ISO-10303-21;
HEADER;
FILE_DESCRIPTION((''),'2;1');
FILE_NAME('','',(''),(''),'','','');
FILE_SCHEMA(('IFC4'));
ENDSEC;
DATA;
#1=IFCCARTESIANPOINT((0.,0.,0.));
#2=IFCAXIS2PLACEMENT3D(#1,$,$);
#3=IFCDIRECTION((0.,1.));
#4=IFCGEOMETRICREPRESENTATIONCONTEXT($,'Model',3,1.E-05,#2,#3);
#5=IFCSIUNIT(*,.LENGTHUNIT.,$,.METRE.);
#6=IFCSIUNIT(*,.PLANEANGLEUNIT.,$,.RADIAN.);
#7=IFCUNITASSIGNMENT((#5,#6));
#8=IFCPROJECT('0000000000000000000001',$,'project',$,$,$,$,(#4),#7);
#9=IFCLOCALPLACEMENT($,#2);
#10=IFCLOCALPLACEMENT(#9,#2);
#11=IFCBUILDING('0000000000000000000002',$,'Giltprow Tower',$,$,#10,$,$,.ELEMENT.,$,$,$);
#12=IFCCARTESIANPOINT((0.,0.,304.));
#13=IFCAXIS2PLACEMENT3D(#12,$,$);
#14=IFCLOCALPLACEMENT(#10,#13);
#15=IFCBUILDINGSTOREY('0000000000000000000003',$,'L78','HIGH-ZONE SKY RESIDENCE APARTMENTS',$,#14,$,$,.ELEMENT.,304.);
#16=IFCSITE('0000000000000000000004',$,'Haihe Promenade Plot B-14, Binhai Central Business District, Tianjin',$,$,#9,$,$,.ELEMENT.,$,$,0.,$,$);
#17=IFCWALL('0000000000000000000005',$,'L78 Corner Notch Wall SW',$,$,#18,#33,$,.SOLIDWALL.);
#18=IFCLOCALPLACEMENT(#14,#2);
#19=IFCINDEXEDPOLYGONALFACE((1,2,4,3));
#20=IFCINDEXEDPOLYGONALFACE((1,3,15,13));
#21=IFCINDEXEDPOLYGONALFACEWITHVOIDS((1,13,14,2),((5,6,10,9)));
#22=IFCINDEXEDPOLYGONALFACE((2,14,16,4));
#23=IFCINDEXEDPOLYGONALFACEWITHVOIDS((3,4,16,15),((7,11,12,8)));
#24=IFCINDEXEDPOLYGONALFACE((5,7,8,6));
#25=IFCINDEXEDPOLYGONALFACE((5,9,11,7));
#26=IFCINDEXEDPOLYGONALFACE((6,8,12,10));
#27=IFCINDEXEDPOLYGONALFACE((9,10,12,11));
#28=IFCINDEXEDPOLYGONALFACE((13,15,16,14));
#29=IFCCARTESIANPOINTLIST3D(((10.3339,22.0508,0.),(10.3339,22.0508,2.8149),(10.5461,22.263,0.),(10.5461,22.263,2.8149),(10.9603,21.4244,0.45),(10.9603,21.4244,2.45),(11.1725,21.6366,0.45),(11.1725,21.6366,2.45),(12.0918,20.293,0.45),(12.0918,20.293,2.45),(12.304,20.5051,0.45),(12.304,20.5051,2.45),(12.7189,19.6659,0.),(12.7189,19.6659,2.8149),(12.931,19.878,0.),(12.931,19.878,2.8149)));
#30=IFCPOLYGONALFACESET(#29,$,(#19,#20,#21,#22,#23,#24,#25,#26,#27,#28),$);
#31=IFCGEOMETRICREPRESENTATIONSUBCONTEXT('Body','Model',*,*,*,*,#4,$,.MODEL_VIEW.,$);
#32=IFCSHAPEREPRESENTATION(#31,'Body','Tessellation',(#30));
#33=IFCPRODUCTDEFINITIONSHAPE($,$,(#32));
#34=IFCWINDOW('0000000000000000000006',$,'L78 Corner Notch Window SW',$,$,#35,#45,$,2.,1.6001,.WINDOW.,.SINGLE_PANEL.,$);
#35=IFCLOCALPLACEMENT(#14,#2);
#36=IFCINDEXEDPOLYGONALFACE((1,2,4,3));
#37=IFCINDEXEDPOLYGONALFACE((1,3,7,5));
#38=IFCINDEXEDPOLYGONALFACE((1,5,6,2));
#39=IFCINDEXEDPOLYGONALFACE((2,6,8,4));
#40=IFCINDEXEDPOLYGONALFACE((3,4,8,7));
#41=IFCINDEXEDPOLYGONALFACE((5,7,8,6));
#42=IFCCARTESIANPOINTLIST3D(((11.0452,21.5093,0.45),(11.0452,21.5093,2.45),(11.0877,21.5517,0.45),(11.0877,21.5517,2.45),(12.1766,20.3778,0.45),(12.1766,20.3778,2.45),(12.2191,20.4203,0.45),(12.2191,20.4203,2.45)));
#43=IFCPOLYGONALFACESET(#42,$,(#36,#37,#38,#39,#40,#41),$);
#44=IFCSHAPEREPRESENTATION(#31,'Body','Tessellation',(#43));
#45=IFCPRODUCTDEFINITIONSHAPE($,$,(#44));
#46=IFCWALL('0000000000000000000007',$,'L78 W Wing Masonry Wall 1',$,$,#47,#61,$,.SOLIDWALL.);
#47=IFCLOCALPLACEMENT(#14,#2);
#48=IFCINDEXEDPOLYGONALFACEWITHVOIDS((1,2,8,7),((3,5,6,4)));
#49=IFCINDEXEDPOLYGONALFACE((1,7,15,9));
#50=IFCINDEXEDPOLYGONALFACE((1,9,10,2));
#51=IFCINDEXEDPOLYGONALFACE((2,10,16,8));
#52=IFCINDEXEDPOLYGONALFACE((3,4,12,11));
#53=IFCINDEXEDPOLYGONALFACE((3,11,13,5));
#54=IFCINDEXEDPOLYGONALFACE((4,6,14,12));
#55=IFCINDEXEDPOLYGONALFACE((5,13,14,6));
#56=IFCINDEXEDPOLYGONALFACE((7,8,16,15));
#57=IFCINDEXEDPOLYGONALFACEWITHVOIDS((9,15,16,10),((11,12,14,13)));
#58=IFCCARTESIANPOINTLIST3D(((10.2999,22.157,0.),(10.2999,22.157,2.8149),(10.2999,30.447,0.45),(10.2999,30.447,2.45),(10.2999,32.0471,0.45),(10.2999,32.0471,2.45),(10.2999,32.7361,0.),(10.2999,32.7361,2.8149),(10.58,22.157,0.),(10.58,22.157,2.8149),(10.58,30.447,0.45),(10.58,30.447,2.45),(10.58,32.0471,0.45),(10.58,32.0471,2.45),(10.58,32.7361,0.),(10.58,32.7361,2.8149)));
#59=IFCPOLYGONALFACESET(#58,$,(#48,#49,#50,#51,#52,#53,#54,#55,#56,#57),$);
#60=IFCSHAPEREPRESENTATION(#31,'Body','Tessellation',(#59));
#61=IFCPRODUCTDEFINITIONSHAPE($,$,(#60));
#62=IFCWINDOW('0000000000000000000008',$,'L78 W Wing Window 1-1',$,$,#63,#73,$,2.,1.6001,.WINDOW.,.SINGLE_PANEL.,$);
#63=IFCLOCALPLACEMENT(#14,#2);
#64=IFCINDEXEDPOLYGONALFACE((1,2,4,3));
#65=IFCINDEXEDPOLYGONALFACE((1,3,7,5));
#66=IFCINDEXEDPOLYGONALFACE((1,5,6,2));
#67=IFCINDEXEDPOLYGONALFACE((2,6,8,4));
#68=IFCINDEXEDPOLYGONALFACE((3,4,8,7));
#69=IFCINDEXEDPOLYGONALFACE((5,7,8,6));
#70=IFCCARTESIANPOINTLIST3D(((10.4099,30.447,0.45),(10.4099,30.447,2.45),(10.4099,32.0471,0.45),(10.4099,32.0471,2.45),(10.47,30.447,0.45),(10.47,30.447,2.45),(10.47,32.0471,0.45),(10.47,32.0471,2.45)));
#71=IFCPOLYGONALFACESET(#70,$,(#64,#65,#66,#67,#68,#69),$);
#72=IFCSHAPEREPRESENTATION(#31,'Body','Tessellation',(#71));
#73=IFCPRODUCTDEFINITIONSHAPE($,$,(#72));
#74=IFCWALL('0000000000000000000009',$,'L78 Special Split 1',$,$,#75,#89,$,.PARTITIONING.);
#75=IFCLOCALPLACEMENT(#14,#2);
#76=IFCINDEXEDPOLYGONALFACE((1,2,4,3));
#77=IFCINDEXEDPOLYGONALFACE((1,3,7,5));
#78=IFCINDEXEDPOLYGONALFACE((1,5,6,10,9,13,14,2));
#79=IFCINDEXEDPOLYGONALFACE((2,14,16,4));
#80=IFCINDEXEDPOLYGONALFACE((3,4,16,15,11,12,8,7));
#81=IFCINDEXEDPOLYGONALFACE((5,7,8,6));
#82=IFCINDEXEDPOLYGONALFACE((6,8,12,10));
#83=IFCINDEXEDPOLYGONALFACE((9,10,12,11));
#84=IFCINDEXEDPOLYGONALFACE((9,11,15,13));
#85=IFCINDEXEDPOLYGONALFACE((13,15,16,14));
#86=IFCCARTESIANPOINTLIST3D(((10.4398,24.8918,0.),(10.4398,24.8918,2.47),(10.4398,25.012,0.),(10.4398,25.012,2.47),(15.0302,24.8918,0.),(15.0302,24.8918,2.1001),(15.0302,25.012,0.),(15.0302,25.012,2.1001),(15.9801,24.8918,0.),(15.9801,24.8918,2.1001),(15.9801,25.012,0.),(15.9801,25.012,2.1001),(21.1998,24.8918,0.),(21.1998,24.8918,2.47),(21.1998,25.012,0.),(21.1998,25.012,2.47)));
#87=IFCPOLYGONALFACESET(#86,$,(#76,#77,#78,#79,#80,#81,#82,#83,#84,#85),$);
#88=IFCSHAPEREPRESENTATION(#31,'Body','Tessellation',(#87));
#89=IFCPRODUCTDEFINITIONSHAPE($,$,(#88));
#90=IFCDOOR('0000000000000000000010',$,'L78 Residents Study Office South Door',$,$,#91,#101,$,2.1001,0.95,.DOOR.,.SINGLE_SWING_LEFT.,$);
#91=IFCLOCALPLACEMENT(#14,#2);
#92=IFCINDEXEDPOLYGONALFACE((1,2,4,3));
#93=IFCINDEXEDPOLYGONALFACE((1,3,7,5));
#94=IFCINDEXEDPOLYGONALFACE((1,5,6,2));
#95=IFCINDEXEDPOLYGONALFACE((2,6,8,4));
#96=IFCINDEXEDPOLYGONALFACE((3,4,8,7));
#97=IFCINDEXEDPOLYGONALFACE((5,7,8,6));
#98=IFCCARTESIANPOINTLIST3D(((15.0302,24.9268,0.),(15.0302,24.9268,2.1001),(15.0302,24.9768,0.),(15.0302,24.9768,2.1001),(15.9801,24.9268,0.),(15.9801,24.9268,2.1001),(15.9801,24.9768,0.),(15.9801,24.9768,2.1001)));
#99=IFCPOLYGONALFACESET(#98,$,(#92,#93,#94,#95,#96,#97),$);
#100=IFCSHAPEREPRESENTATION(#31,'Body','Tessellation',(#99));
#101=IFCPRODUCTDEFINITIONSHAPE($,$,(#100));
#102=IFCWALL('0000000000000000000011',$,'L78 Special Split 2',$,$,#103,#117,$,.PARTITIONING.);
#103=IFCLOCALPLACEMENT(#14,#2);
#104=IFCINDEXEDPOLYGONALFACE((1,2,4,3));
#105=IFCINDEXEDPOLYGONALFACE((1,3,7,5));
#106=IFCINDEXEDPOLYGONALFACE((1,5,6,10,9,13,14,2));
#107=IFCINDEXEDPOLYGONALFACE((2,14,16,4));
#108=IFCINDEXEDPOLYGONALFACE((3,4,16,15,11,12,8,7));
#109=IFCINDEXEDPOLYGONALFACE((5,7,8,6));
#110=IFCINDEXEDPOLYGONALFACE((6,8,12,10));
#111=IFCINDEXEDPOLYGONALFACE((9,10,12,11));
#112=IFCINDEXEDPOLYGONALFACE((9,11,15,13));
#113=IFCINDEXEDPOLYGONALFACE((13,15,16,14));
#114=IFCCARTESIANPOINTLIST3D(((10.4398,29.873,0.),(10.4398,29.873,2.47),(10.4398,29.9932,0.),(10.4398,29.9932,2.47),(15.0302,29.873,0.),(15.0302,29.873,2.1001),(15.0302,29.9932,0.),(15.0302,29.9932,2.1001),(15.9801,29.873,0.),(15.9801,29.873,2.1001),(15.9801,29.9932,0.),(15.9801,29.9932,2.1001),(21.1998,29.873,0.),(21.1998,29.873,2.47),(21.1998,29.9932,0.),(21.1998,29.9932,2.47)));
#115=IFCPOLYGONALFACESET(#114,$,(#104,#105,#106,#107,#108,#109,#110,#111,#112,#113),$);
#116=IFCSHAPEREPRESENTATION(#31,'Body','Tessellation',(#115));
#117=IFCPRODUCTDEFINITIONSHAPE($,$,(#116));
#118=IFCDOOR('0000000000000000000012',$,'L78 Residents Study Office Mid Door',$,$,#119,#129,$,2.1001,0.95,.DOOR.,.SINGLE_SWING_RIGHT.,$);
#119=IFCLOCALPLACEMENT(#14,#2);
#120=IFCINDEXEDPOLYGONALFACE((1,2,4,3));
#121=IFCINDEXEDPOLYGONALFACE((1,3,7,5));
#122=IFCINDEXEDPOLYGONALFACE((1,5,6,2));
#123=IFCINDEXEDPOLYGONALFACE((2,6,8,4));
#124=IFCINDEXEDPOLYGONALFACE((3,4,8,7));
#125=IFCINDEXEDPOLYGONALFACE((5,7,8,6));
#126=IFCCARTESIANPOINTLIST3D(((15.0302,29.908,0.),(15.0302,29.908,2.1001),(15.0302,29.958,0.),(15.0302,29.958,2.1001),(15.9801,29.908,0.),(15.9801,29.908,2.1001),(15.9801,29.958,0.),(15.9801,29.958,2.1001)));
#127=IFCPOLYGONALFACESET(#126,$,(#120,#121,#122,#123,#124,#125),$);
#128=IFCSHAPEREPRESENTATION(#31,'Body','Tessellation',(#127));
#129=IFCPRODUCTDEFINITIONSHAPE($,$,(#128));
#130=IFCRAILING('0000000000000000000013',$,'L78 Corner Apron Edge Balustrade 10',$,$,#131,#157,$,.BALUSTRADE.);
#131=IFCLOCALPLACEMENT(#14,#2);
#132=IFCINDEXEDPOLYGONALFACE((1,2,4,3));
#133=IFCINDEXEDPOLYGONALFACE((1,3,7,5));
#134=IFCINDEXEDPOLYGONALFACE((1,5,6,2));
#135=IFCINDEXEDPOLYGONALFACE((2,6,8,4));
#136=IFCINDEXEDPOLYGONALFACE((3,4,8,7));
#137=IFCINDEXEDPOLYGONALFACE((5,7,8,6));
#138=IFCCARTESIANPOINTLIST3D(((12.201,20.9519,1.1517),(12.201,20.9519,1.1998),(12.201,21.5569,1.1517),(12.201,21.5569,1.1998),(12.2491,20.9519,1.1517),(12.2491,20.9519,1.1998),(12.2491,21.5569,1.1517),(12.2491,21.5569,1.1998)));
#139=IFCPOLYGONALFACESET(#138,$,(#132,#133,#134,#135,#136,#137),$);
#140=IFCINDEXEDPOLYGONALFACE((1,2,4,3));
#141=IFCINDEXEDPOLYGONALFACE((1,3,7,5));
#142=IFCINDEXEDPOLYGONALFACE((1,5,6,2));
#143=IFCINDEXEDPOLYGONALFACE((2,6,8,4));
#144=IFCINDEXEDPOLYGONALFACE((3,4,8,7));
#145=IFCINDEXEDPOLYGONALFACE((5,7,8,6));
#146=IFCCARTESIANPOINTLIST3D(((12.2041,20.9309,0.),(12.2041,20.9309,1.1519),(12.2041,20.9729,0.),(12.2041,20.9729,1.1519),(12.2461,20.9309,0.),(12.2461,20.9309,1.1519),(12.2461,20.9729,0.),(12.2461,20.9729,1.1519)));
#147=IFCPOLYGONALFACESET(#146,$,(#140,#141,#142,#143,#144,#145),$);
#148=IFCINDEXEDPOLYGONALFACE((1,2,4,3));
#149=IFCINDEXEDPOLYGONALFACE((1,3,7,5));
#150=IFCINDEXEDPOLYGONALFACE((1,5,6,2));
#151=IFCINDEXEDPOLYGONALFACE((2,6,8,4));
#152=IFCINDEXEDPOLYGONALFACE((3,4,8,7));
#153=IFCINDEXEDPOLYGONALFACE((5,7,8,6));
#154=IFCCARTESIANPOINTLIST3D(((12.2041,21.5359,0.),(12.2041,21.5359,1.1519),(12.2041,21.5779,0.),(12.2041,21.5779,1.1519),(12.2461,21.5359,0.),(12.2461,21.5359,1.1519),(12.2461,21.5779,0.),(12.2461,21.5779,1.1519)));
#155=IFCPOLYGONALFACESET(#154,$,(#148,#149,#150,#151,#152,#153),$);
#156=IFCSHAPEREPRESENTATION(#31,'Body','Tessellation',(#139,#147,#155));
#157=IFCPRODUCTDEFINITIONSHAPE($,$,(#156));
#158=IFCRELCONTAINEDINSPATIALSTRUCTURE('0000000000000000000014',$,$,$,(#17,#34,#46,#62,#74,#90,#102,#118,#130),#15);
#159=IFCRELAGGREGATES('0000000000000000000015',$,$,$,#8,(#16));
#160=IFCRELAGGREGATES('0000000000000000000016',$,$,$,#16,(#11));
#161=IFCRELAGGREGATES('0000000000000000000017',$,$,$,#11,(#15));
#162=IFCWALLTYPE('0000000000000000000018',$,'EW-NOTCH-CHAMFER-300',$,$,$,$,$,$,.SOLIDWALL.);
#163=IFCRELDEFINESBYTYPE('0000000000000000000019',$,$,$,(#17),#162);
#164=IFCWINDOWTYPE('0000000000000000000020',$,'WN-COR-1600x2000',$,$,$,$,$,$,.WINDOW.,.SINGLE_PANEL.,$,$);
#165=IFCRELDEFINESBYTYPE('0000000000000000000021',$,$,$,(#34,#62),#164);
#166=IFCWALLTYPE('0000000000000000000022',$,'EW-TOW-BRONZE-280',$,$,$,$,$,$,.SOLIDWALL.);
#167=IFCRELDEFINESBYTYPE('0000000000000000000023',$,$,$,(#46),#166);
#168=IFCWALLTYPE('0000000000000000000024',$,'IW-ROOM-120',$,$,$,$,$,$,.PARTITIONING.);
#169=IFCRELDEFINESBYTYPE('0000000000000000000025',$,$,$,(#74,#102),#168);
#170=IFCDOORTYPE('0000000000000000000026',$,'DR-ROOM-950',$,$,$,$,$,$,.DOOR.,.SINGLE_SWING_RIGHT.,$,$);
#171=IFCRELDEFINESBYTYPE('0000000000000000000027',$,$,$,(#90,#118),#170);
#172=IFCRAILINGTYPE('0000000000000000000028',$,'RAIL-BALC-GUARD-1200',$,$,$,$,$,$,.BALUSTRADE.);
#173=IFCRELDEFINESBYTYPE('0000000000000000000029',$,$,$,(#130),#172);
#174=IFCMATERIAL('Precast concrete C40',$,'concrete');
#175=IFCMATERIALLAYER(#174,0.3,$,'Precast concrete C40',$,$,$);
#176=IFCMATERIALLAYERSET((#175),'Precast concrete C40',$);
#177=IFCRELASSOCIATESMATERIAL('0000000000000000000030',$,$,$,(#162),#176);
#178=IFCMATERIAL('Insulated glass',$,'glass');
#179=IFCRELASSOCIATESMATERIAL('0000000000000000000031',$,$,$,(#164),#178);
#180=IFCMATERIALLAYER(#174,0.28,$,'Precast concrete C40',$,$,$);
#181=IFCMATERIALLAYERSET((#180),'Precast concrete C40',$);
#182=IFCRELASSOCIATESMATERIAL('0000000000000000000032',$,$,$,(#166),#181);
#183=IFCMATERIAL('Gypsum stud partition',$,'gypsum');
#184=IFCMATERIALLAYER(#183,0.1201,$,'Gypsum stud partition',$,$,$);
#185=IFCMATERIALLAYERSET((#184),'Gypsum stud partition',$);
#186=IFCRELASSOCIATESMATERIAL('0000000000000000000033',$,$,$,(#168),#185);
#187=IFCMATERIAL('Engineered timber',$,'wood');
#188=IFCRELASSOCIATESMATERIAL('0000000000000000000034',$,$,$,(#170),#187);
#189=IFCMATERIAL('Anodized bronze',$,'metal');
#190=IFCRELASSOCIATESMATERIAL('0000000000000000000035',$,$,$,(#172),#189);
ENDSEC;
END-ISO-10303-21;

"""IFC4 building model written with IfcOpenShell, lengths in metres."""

from ifc_helpers import new_model, si_unit, direction, frame, frame_2d, origin, origin_2d, place, context, subcontext, project, spatial, rectangle, extrude, source, transform, mapped, material, layer, layer_set, type_object, element, fill, save


model = new_model("IFC4")

# Units and contexts
model_context = context("Model", 3, precision=1e-05, world=origin(), true_north=direction((0.0, 1.0)))
body_context = subcontext(model_context, "Body", "Model", "MODEL_VIEW")
ifc_project = project(units=[si_unit("LENGTHUNIT", "METRE"), si_unit("PLANEANGLEUNIT", "RADIAN")], contexts=[model_context])

# Site, building, storey
site_placement = place(None, origin())
site = spatial("IfcSite", under=ifc_project, at=site_placement, Name="Haihe Promenade Plot B-14, Binhai Central Business District, Tianjin", CompositionType="ELEMENT", RefElevation=0.0)
building_placement = place(site_placement, origin())
building = spatial("IfcBuilding", under=site, at=building_placement, Name="Giltprow Tower", CompositionType="ELEMENT")
storey_placement = place(building_placement, frame((0.0, 0.0, 304.0)))
storey = spatial("IfcBuildingStorey", under=building, at=storey_placement, Name="L78", Description="HIGH-ZONE SKY RESIDENCE APARTMENTS", CompositionType="ELEMENT", Elevation=304.0)

# Walls, openings, windows
ifc_material_1 = material(Name="Precast concrete C40", Category="concrete")
ifc_layer_1 = layer(ifc_material_1, 0.3, Name="Precast concrete C40")
ifc_layer_set_1 = layer_set([ifc_layer_1], Name="Precast concrete C40")
wall_type_1 = type_object("IfcWallType", Name="EW-NOTCH-CHAMFER-300", PredefinedType="SOLIDWALL", material=ifc_layer_set_1)
wall_1_placement = place(storey_placement, frame((10.4399, 22.157, 0.0), z_axis=(0.0, 0.0, 1.0), x_axis=(0.707107, -0.707107, 0.0)))
wall_1 = element("IfcWall", 1, at=wall_1_placement, inside=storey, type_object=wall_type_1, Name="L78 Corner Notch Wall SW", PredefinedType="SOLIDWALL", context=body_context, shape_type="SweptSolid", body=[
    extrude(rectangle(XDim=3.3728, YDim=0.3, at=frame_2d((1.6865, 0.0))), origin(), (0.0, 0.0, 1.0), 2.8149),
])
opening_1_placement = place(wall_1_placement, frame((0.886, 0.0, 0.45)))
opening_1 = element("IfcOpeningElement", 2, at=opening_1_placement, cuts=wall_1, PredefinedType="OPENING", context=body_context, shape_type="SweptSolid", body=[
    extrude(rectangle(XDim=1.6001, YDim=2.0, at=frame_2d((0.8, 1.0))), frame((0.0, 0.1599, 0.0), z_axis=(0.0, -1.0, 0.0), x_axis=(1.0, 0.0, 0.0)), (0.0, 0.0, 1.0), 0.3201),
])
ifc_material_2 = material(Name="Insulated glass", Category="glass")
window_type = type_object("IfcWindowType", Name="WN-COR-1600x2000", PartitioningType="SINGLE_PANEL", PredefinedType="WINDOW", material=ifc_material_2)
shared_shape_1 = source(origin(), body_context, "Body", "SweptSolid", [
    extrude(rectangle(XDim=1.6001, YDim=2.0, at=frame_2d((0.8, 1.0))), frame((0.0, 0.03, 0.0), z_axis=(0.0, -1.0, 0.0), x_axis=(1.0, 0.0, 0.0)), (0.0, 0.0, 1.0), 0.0601),
])
window_1_placement = place(opening_1_placement, origin())
window_1 = element("IfcWindow", 3, at=window_1_placement, inside=storey, type_object=window_type, Name="L78 Corner Notch Window SW", OverallHeight=2.0, OverallWidth=1.6001, PartitioningType="SINGLE_PANEL", PredefinedType="WINDOW", context=body_context, shape_type="MappedRepresentation", body=[
    mapped(shared_shape_1, transform((0.0, 0.0, 0.0), x_axis=(1.0, 0.0, 0.0), y_axis=(0.0, 1.0, 0.0), z_axis=(0.0, 0.0, 1.0), scale=1.0)),
])
fill(opening_1, window_1)
ifc_layer_2 = layer(ifc_material_1, 0.28, Name="Precast concrete C40")
ifc_layer_set_2 = layer_set([ifc_layer_2], Name="Precast concrete C40")
wall_type_2 = type_object("IfcWallType", Name="EW-TOW-BRONZE-280", PredefinedType="SOLIDWALL", material=ifc_layer_set_2)
wall_2_placement = place(storey_placement, frame((10.4399, 22.157, 0.0), z_axis=(0.0, 0.0, 1.0), x_axis=(0.0, 1.0, 0.0)))
wall_2 = element("IfcWall", 4, at=wall_2_placement, inside=storey, type_object=wall_type_2, Name="L78 W Wing Masonry Wall 1", PredefinedType="SOLIDWALL", context=body_context, shape_type="SweptSolid", body=[
    extrude(rectangle(XDim=10.5791, YDim=0.28, at=frame_2d((5.2896, 0.0))), origin(), (0.0, 0.0, 1.0), 2.8149),
])
opening_2_placement = place(wall_2_placement, frame((8.29, 0.0, 0.45)))
opening_2 = element("IfcOpeningElement", 5, at=opening_2_placement, cuts=wall_2, PredefinedType="OPENING", context=body_context, shape_type="SweptSolid", body=[
    extrude(rectangle(XDim=1.6001, YDim=2.0, at=frame_2d((0.8, 1.0))), frame((0.0, 0.1499, 0.0), z_axis=(0.0, -1.0, 0.0), x_axis=(1.0, 0.0, 0.0)), (0.0, 0.0, 1.0), 0.3),
])
window_2_placement = place(opening_2_placement, origin())
window_2 = element("IfcWindow", 6, at=window_2_placement, inside=storey, type_object=window_type, Name="L78 W Wing Window 1-1", OverallHeight=2.0, OverallWidth=1.6001, PartitioningType="SINGLE_PANEL", PredefinedType="WINDOW", context=body_context, shape_type="MappedRepresentation", body=[
    mapped(shared_shape_1, transform((0.0, 0.0, 0.0), x_axis=(1.0, 0.0, 0.0), y_axis=(0.0, 1.0, 0.0), z_axis=(0.0, 0.0, 1.0), scale=1.0)),
])
fill(opening_2, window_2)

# Walls, openings, doors
ifc_material_3 = material(Name="Gypsum stud partition", Category="gypsum")
ifc_layer_3 = layer(ifc_material_3, 0.1201, Name="Gypsum stud partition")
ifc_layer_set_3 = layer_set([ifc_layer_3], Name="Gypsum stud partition")
wall_type_3 = type_object("IfcWallType", Name="IW-ROOM-120", PredefinedType="PARTITIONING", material=ifc_layer_set_3)
wall_3_placement = place(storey_placement, frame((10.4399, 24.9519, 0.0), z_axis=(0.0, 0.0, 1.0), x_axis=(1.0, 0.0, 0.0)))
wall_3 = element("IfcWall", 7, at=wall_3_placement, inside=storey, type_object=wall_type_3, Name="L78 Special Split 1", PredefinedType="PARTITIONING", context=body_context, shape_type="SweptSolid", body=[
    extrude(rectangle(XDim=10.76, YDim=0.1201, at=frame_2d((5.3799, 0.0))), origin(), (0.0, 0.0, 1.0), 2.47),
])
opening_3_placement = place(wall_3_placement, frame((4.5901, 0.0, 0.0)))
opening_3 = element("IfcOpeningElement", 8, at=opening_3_placement, cuts=wall_3, PredefinedType="OPENING", context=body_context, shape_type="SweptSolid", body=[
    extrude(rectangle(XDim=0.95, YDim=2.1001, at=frame_2d((0.4751, 1.05))), frame((0.0, 0.0701, 0.0), z_axis=(0.0, -1.0, 0.0), x_axis=(1.0, 0.0, 0.0)), (0.0, 0.0, 1.0), 0.1401),
])
ifc_material_4 = material(Name="Engineered timber", Category="wood")
door_type = type_object("IfcDoorType", Name="DR-ROOM-950", OperationType="SINGLE_SWING_RIGHT", PredefinedType="DOOR", material=ifc_material_4)
shared_shape_2 = source(origin(), body_context, "Body", "SweptSolid", [
    extrude(rectangle(XDim=0.95, YDim=2.1001, at=frame_2d((0.4751, 1.05))), frame((0.0, 0.0249, 0.0), z_axis=(0.0, -1.0, 0.0), x_axis=(1.0, 0.0, 0.0)), (0.0, 0.0, 1.0), 0.05),
])
door_1_placement = place(opening_3_placement, origin())
door_1 = element("IfcDoor", 9, at=door_1_placement, inside=storey, type_object=door_type, Name="L78 Residents Study Office South Door", OperationType="SINGLE_SWING_LEFT", OverallHeight=2.1001, OverallWidth=0.95, PredefinedType="DOOR", context=body_context, shape_type="MappedRepresentation", body=[
    mapped(shared_shape_2, transform((0.0, 0.0, 0.0), x_axis=(1.0, 0.0, 0.0), y_axis=(0.0, 1.0, 0.0), z_axis=(0.0, 0.0, 1.0), scale=1.0)),
])
fill(opening_3, door_1)
wall_4_placement = place(storey_placement, frame((10.4399, 29.9331, 0.0), z_axis=(0.0, 0.0, 1.0), x_axis=(1.0, 0.0, 0.0)))
wall_4 = element("IfcWall", 10, at=wall_4_placement, inside=storey, type_object=wall_type_3, Name="L78 Special Split 2", PredefinedType="PARTITIONING", context=body_context, shape_type="SweptSolid", body=[
    extrude(rectangle(XDim=10.76, YDim=0.1201, at=frame_2d((5.3799, 0.0))), origin(), (0.0, 0.0, 1.0), 2.47),
])
opening_4_placement = place(wall_4_placement, frame((4.5901, 0.0, 0.0)))
opening_4 = element("IfcOpeningElement", 11, at=opening_4_placement, cuts=wall_4, PredefinedType="OPENING", context=body_context, shape_type="SweptSolid", body=[
    extrude(rectangle(XDim=0.95, YDim=2.1001, at=frame_2d((0.4751, 1.05))), frame((0.0, 0.0701, 0.0), z_axis=(0.0, -1.0, 0.0), x_axis=(1.0, 0.0, 0.0)), (0.0, 0.0, 1.0), 0.1401),
])
door_2_placement = place(opening_4_placement, origin())
door_2 = element("IfcDoor", 12, at=door_2_placement, inside=storey, type_object=door_type, Name="L78 Residents Study Office Mid Door", OperationType="SINGLE_SWING_RIGHT", OverallHeight=2.1001, OverallWidth=0.95, PredefinedType="DOOR", context=body_context, shape_type="MappedRepresentation", body=[
    mapped(shared_shape_2, transform((0.0, 0.0, 0.0), x_axis=(1.0, 0.0, 0.0), y_axis=(0.0, 1.0, 0.0), z_axis=(0.0, 0.0, 1.0), scale=1.0)),
])
fill(opening_4, door_2)

# Railing
ifc_material_5 = material(Name="Anodized bronze", Category="metal")
railing_type = type_object("IfcRailingType", Name="RAIL-BALC-GUARD-1200", PredefinedType="BALUSTRADE", material=ifc_material_5)
railing_1_placement = place(storey_placement, frame((12.2251, 20.9519, 0.0)))
element("IfcRailing", 13, at=railing_1_placement, inside=storey, type_object=railing_type, Name="L78 Corner Apron Edge Balustrade 10", PredefinedType="BALUSTRADE", context=body_context, shape_type="SweptSolid", body=[
    extrude(rectangle(XDim=0.0481, YDim=0.0481, at=origin_2d()), frame((0.0, 0.0, 1.1758), z_axis=(0.0, 1.0, 0.0), x_axis=(-1.0, 0.0, 0.0)), (0.0, 0.0, 1.0), 0.605),
    extrude(rectangle(XDim=0.042, YDim=0.042, at=origin_2d()), origin(), (0.0, 0.0, 1.0), 1.1519),
    extrude(rectangle(XDim=0.042, YDim=0.042, at=origin_2d()), frame((0.0, 0.605, 0.0)), (0.0, 0.0, 1.0), 1.1519),
])

save(model, "model.ifc")
